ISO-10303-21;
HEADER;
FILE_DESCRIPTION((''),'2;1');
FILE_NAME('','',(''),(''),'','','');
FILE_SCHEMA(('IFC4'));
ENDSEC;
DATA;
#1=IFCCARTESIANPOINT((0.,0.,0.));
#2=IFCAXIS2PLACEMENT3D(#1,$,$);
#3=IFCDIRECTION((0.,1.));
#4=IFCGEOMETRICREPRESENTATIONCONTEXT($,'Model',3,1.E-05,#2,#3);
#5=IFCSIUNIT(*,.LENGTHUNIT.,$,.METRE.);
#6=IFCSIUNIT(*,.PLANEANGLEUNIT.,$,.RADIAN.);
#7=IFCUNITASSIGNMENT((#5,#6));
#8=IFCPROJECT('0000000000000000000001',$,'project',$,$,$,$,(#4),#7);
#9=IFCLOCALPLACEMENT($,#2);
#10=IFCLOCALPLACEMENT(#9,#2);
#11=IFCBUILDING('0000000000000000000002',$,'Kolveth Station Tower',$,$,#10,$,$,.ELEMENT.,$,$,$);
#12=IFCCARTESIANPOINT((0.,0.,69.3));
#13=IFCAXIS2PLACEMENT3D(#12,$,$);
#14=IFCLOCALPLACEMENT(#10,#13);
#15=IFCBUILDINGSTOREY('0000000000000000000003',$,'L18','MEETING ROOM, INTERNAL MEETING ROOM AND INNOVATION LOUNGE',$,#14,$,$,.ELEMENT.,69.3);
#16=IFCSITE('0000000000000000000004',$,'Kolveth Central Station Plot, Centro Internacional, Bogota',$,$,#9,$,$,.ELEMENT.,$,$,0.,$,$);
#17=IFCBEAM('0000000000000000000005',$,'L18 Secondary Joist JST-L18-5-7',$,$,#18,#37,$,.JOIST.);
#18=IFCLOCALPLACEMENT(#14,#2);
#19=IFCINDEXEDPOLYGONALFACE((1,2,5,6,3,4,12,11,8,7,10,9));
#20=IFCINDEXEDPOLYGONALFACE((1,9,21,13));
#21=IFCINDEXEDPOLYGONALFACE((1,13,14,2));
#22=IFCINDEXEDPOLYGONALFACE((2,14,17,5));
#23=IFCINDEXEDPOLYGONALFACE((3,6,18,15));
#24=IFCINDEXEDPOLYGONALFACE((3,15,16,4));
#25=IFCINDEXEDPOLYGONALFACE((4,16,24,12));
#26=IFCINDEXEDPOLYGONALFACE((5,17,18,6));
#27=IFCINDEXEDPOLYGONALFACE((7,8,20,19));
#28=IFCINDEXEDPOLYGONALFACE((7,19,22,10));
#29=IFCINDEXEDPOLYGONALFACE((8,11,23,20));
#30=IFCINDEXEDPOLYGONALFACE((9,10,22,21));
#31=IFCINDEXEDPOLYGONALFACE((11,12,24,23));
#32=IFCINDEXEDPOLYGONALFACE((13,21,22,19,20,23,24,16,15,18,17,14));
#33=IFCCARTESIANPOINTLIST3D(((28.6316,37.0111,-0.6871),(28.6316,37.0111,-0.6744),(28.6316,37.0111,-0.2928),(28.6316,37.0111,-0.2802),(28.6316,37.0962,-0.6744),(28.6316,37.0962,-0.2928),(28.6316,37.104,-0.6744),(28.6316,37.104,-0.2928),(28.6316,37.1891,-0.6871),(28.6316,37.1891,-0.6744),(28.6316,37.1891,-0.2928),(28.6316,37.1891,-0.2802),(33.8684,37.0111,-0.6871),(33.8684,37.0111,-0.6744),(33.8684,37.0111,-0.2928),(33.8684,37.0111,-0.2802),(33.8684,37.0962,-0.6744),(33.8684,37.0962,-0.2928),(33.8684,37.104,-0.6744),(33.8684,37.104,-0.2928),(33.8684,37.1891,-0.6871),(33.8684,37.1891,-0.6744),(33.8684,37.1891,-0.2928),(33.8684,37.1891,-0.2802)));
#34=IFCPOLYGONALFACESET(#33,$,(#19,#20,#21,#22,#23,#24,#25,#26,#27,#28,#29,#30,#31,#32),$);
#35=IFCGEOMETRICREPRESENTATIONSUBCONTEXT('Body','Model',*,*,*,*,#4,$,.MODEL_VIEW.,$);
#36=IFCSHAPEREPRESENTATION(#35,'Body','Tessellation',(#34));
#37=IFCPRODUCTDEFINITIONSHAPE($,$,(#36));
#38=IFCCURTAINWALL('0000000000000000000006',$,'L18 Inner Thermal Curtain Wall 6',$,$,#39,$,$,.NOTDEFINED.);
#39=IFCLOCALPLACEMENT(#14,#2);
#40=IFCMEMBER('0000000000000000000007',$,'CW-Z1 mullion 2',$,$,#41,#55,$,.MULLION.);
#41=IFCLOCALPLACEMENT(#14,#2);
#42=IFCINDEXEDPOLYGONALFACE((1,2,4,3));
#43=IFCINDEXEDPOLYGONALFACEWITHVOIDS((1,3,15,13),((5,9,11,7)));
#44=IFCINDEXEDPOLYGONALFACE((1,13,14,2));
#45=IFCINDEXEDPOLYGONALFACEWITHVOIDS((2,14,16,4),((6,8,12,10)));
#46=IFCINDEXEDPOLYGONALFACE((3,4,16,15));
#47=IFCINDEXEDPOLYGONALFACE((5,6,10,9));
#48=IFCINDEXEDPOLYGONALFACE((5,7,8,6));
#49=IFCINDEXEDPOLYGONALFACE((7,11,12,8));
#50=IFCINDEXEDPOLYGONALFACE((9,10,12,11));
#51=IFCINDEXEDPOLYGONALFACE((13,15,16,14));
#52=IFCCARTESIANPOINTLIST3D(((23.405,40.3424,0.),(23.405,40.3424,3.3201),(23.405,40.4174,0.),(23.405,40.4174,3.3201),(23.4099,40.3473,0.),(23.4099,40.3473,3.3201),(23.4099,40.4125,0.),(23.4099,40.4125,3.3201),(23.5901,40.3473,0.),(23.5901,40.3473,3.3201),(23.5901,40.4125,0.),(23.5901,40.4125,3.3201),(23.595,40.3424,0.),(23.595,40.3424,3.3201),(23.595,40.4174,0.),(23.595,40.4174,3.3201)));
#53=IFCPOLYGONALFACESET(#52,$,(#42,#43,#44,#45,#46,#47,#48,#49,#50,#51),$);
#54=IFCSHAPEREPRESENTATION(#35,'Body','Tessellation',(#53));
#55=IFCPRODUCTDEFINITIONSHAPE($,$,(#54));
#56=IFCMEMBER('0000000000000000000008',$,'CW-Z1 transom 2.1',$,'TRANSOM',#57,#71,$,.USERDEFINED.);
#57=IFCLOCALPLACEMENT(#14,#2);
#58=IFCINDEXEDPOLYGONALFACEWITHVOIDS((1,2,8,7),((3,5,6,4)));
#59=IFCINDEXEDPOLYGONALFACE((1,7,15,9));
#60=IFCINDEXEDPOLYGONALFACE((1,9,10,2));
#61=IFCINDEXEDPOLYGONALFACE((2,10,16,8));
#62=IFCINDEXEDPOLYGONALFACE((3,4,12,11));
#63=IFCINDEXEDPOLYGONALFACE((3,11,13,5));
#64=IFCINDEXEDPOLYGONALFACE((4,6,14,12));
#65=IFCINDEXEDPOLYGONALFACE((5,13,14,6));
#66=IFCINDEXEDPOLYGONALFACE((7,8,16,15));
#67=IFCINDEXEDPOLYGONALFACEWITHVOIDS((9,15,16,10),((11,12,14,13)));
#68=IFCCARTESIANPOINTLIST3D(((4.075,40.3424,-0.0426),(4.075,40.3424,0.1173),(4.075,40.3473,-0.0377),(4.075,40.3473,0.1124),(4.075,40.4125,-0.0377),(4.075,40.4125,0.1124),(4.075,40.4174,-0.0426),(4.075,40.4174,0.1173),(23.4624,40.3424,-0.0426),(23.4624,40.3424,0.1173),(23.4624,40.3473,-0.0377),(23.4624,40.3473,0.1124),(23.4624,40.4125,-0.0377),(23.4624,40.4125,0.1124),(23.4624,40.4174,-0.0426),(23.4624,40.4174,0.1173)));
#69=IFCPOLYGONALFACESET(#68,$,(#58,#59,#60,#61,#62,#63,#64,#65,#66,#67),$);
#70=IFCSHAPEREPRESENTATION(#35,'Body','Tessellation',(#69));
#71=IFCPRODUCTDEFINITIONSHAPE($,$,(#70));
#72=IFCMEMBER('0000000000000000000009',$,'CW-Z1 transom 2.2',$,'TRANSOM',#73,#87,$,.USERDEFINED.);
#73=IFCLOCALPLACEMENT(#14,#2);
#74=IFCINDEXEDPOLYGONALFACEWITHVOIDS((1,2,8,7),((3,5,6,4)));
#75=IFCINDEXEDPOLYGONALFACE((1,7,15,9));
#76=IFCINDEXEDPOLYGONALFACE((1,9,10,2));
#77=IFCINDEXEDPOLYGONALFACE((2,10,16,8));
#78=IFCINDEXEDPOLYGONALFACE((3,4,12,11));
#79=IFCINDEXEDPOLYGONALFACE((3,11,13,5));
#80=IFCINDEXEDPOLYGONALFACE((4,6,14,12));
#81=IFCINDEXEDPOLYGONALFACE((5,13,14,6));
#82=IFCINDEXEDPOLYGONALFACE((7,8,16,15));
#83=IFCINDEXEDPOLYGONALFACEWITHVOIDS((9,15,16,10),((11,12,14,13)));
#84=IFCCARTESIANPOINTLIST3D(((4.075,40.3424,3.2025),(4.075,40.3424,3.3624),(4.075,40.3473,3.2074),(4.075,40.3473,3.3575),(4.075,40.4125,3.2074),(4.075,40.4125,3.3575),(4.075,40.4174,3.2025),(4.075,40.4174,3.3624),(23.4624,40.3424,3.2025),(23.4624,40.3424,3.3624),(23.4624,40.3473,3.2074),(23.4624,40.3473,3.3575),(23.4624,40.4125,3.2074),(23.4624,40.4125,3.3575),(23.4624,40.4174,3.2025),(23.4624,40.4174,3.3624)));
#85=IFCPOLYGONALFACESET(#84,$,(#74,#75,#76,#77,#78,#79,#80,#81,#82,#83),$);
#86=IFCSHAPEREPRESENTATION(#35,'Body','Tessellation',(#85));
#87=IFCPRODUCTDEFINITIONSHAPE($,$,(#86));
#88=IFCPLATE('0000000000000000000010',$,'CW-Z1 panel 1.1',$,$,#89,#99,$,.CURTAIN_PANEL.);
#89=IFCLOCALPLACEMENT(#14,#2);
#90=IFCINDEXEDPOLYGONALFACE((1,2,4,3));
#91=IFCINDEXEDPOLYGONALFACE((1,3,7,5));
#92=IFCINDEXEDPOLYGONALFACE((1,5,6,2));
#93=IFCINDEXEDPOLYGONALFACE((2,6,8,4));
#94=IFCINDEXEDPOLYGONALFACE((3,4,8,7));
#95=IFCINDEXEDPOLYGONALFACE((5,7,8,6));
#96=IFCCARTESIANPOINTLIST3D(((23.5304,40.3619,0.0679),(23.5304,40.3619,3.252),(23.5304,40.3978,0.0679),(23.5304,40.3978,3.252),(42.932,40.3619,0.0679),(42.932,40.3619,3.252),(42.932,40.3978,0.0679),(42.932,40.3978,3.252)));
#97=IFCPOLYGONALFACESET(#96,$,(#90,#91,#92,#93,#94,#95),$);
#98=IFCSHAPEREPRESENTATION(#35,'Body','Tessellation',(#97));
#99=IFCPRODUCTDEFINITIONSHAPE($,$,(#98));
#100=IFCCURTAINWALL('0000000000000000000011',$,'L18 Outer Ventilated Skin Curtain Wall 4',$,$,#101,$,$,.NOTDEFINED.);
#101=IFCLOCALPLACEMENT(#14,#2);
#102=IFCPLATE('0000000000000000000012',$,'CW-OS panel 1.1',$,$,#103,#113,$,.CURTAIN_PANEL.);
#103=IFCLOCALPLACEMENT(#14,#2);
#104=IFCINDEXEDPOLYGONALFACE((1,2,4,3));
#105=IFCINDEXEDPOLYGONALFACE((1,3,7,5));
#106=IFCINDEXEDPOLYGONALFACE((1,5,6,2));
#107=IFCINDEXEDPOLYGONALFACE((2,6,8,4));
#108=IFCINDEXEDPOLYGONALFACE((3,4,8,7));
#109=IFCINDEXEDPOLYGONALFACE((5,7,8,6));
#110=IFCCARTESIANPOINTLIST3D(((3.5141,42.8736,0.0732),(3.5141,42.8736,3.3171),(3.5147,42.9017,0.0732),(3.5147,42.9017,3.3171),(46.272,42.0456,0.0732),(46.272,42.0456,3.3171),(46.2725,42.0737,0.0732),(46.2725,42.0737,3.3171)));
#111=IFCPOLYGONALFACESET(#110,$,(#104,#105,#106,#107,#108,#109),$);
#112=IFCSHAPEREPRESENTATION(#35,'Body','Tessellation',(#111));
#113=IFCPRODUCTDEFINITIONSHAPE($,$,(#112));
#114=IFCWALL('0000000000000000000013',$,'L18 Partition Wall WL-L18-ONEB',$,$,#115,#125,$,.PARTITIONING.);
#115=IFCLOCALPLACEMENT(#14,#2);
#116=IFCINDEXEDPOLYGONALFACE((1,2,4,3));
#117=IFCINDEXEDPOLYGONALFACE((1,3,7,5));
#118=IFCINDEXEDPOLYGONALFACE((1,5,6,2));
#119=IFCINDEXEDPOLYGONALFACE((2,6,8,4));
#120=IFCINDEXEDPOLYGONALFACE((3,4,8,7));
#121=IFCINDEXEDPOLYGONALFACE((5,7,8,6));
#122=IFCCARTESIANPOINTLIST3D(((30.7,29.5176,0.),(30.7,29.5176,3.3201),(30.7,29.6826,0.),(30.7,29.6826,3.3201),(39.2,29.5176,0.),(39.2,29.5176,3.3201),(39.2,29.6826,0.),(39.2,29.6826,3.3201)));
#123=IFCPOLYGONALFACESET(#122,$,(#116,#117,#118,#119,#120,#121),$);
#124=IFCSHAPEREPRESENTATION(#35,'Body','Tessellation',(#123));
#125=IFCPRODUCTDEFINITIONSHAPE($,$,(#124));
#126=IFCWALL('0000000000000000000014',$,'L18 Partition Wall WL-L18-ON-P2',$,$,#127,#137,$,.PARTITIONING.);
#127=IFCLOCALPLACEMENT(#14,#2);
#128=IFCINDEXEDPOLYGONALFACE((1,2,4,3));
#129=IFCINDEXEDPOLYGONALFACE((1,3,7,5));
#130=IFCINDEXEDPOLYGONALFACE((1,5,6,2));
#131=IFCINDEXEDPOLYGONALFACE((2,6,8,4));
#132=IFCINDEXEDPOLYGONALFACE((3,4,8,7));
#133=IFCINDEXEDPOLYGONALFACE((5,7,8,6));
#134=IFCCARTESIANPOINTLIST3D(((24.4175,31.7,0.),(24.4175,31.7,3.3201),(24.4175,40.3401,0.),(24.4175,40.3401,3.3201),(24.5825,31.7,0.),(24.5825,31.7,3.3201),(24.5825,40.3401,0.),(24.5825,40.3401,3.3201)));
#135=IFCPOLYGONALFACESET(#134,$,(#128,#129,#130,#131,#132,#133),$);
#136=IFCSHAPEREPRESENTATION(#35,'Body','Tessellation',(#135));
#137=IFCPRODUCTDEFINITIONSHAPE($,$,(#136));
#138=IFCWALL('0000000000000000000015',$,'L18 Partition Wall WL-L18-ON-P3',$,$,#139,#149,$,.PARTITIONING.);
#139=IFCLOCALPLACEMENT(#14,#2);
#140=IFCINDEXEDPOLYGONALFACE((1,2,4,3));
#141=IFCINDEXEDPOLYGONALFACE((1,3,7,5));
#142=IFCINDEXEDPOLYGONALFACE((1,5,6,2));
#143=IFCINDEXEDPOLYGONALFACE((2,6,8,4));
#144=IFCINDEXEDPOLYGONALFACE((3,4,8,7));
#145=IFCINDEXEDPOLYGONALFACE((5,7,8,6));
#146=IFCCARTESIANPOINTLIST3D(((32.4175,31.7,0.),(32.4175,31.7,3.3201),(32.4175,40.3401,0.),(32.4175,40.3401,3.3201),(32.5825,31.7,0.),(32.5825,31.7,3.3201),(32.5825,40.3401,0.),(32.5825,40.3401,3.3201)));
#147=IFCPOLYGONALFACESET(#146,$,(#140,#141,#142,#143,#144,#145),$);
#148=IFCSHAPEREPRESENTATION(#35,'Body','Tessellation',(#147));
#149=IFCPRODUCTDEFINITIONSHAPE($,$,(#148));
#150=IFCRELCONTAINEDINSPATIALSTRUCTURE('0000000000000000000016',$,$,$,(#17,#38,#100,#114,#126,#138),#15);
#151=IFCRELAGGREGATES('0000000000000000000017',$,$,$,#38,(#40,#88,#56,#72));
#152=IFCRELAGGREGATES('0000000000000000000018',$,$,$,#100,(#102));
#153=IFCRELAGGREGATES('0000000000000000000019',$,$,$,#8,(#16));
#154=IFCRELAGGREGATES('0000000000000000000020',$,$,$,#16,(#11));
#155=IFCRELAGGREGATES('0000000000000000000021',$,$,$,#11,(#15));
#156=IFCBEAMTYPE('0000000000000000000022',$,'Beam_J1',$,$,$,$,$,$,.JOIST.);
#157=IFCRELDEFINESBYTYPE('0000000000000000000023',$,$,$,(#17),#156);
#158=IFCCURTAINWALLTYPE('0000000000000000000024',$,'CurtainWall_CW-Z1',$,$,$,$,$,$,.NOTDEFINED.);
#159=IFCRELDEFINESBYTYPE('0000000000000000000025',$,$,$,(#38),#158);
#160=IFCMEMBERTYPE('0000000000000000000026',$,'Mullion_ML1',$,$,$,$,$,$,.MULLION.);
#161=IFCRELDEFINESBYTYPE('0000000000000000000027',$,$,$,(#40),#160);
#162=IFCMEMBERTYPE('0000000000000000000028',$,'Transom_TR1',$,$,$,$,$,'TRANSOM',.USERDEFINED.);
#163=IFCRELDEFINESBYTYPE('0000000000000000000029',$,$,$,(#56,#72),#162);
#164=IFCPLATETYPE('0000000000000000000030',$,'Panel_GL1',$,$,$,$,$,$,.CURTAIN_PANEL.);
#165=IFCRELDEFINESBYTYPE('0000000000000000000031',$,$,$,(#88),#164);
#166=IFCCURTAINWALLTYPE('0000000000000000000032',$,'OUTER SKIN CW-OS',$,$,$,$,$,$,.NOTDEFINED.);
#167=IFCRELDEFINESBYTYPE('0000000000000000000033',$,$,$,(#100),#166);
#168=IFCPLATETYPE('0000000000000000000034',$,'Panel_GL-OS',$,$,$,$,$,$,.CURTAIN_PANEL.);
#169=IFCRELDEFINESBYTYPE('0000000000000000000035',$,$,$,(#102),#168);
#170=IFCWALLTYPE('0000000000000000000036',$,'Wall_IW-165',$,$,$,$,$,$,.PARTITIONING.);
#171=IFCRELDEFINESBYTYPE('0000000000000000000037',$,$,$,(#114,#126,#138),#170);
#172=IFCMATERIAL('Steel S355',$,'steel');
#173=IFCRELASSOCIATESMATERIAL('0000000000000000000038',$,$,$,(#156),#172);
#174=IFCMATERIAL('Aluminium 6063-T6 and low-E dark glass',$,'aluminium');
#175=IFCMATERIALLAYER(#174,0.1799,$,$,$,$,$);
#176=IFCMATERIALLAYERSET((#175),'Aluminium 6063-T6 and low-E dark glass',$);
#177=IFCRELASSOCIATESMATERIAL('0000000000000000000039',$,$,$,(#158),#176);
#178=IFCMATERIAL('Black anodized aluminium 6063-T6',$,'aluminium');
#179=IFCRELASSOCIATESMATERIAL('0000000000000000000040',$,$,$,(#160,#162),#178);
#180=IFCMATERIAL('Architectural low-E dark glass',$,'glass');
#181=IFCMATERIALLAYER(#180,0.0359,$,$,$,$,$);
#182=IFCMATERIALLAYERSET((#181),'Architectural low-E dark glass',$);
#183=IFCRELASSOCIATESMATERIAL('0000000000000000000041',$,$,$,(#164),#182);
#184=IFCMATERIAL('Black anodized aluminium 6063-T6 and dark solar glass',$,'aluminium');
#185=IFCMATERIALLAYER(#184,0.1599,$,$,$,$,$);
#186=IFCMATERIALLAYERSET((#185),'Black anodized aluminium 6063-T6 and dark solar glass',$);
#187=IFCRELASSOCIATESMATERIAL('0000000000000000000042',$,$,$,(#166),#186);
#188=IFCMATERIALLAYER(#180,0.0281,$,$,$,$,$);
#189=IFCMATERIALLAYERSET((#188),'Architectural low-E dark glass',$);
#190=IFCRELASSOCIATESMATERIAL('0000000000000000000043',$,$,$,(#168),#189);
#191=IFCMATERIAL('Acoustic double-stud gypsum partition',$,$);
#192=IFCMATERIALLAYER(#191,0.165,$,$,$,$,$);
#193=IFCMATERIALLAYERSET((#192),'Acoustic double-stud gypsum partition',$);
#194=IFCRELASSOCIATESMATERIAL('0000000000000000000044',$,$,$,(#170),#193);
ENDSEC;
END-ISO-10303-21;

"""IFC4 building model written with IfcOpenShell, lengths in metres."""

from ifc_helpers import new_model, si_unit, direction, frame, frame_2d, origin, origin_2d, place, context, subcontext, project, spatial, rectangle, hollow_rectangle, i_section, extrude, source, transform, mapped, material, layer, layer_set, material_profile, profile_set, type_object, element, aggregate, save


model = new_model("IFC4")

# Units and contexts
model_context = context("Model", 3, precision=1e-05, world=origin(), true_north=direction((0.0, 1.0)))
body_context = subcontext(model_context, "Body", "Model", "MODEL_VIEW")
ifc_project = project(units=[si_unit("LENGTHUNIT", "METRE"), si_unit("PLANEANGLEUNIT", "RADIAN")], contexts=[model_context])

# Site, building, storey
site_placement = place(None, origin())
site = spatial("IfcSite", under=ifc_project, at=site_placement, Name="Kolveth Central Station Plot, Centro Internacional, Bogota", CompositionType="ELEMENT", RefElevation=0.0)
building_placement = place(site_placement, origin())
building = spatial("IfcBuilding", under=site, at=building_placement, Name="Kolveth Station Tower", CompositionType="ELEMENT")
storey_placement = place(building_placement, frame((0.0, 0.0, 69.3)))
storey = spatial("IfcBuildingStorey", under=building, at=storey_placement, Name="L18", Description="MEETING ROOM, INTERNAL MEETING ROOM AND INNOVATION LOUNGE", CompositionType="ELEMENT", Elevation=69.3)

# Shared definitions
ifc_material_1 = material(Name="Steel S355", Category="steel")

# Beam
ifc_material_profile_1 = material_profile(ifc_material_1, i_section(OverallWidth=0.178, OverallDepth=0.407, WebThickness=0.0078, FlangeThickness=0.0127, at=origin_2d()), Name="W410x60")
ifc_profile_set_1 = profile_set([ifc_material_profile_1], Name="Steel S355")
beam_type_1 = type_object("IfcBeamType", Name="Beam_J1", PredefinedType="JOIST", material=ifc_profile_set_1)
shared_shape_1 = source(origin(), body_context, "Body", "SweptSolid", [
    extrude(i_section(OverallWidth=0.178, OverallDepth=0.407, WebThickness=0.0078, FlangeThickness=0.0127, at=origin_2d()), origin(), (0.0, 0.0, 1.0), 5.2368),
])
for number, where, z_axis, x_axis, name in (
    (1, (28.6316, 37.1001, -0.4836), (1.0, 0.0, 0.0), (0.0, 1.0, 0.0), "L18 Secondary Joist JST-L18-5-7"),
):
    element("IfcBeam", number, at=place(storey_placement, frame(where, z_axis=z_axis, x_axis=x_axis)), inside=storey, type_object=beam_type_1, Name=name, PredefinedType="JOIST", context=body_context, shape_type="MappedRepresentation", body=[
        mapped(shared_shape_1, transform((0.0, 0.0, 0.0), x_axis=(1.0, 0.0, 0.0), y_axis=(0.0, 1.0, 0.0), z_axis=(0.0, 0.0, 1.0), scale=1.0)),
    ])

# Curtain wall, members, plate
ifc_material_2 = material(Name="Aluminium 6063-T6 and low-E dark glass", Category="aluminium")
ifc_layer_1 = layer(ifc_material_2, 0.1799)
ifc_layer_set_1 = layer_set([ifc_layer_1], Name="Aluminium 6063-T6 and low-E dark glass")
curtain_wall_type_1 = type_object("IfcCurtainWallType", Name="CurtainWall_CW-Z1", PredefinedType="NOTDEFINED", material=ifc_layer_set_1)
curtain_wall_1_placement = place(storey_placement, origin())
curtain_wall_1 = element("IfcCurtainWall", 2, at=curtain_wall_1_placement, inside=storey, type_object=curtain_wall_type_1, Name="L18 Inner Thermal Curtain Wall 6", PredefinedType="NOTDEFINED")
ifc_material_3 = material(Name="Black anodized aluminium 6063-T6", Category="aluminium")
ifc_material_profile_2 = material_profile(ifc_material_3, hollow_rectangle(XDim=0.075, YDim=0.1899, WallThickness=0.0049, at=origin_2d()), Name="ALU-75x190x5")
ifc_profile_set_2 = profile_set([ifc_material_profile_2], Name="Black anodized aluminium 6063-T6")
member_type_1 = type_object("IfcMemberType", Name="Mullion_ML1", PredefinedType="MULLION", material=ifc_profile_set_2)
shared_shape_2 = source(origin(), body_context, "Body", "SweptSolid", [
    extrude(hollow_rectangle(XDim=0.075, YDim=0.1899, WallThickness=0.0049, at=origin_2d()), origin(), (0.0, 0.0, 1.0), 3.3201),
])
member_1_placement = place(storey_placement, frame((23.5, 40.3799, 0.0), z_axis=(0.0, 0.0, 1.0), x_axis=(0.0, -1.0, 0.0)))
member_1 = element("IfcMember", 3, at=member_1_placement, type_object=member_type_1, Name="CW-Z1 mullion 2", PredefinedType="MULLION", context=body_context, shape_type="MappedRepresentation", body=[
    mapped(shared_shape_2, transform((0.0, 0.0, 0.0), x_axis=(1.0, 0.0, 0.0), y_axis=(0.0, 1.0, 0.0), z_axis=(0.0, 0.0, 1.0), scale=1.0)),
])
ifc_material_profile_3 = material_profile(ifc_material_3, hollow_rectangle(XDim=0.075, YDim=0.1599, WallThickness=0.0049, at=origin_2d()), Name="ALU-75x160x5")
ifc_profile_set_3 = profile_set([ifc_material_profile_3], Name="Black anodized aluminium 6063-T6")
member_type_2 = type_object("IfcMemberType", Name="Transom_TR1", ElementType="TRANSOM", PredefinedType="USERDEFINED", material=ifc_profile_set_3)
shared_shape_3 = source(origin(), body_context, "Body", "SweptSolid", [
    extrude(hollow_rectangle(XDim=0.075, YDim=0.1599, WallThickness=0.0049, at=origin_2d()), origin(), (0.0, 0.0, 1.0), 19.3875),
])
member_2_placement = place(storey_placement, frame((23.4624, 40.3799, 0.0374), z_axis=(-1.0, 0.0, 0.0), x_axis=(0.0, -1.0, 0.0)))
member_2 = element("IfcMember", 4, at=member_2_placement, type_object=member_type_2, Name="CW-Z1 transom 2.1", ObjectType="TRANSOM", PredefinedType="USERDEFINED", context=body_context, shape_type="MappedRepresentation", body=[
    mapped(shared_shape_3, transform((0.0, 0.0, 0.0), x_axis=(1.0, 0.0, 0.0), y_axis=(0.0, 1.0, 0.0), z_axis=(0.0, 0.0, 1.0), scale=1.0)),
])
member_3_placement = place(storey_placement, frame((23.4624, 40.3799, 3.2825), z_axis=(-1.0, 0.0, 0.0), x_axis=(0.0, -1.0, 0.0)))
member_3 = element("IfcMember", 5, at=member_3_placement, type_object=member_type_2, Name="CW-Z1 transom 2.2", ObjectType="TRANSOM", PredefinedType="USERDEFINED", context=body_context, shape_type="MappedRepresentation", body=[
    mapped(shared_shape_3, transform((0.0, 0.0, 0.0), x_axis=(1.0, 0.0, 0.0), y_axis=(0.0, 1.0, 0.0), z_axis=(0.0, 0.0, 1.0), scale=1.0)),
])
ifc_material_4 = material(Name="Architectural low-E dark glass", Category="glass")
ifc_layer_2 = layer(ifc_material_4, 0.0359)
ifc_layer_set_2 = layer_set([ifc_layer_2], Name="Architectural low-E dark glass")
plate_type_1 = type_object("IfcPlateType", Name="Panel_GL1", PredefinedType="CURTAIN_PANEL", material=ifc_layer_set_2)
shared_shape_4 = source(origin(), body_context, "Body", "SweptSolid", [
    extrude(rectangle(XDim=19.4016, YDim=0.0359, at=origin_2d()), origin(), (0.0, 0.0, 1.0), 3.1841),
])
plate_1_placement = place(storey_placement, frame((33.2312, 40.3799, 0.0679), z_axis=(0.0, 0.0, 1.0), x_axis=(-1.0, 0.0, 0.0)))
plate_1 = element("IfcPlate", 6, at=plate_1_placement, type_object=plate_type_1, Name="CW-Z1 panel 1.1", PredefinedType="CURTAIN_PANEL", context=body_context, shape_type="MappedRepresentation", body=[
    mapped(shared_shape_4, transform((0.0, 0.0, 0.0), x_axis=(1.0, 0.0, 0.0), y_axis=(0.0, 1.0, 0.0), z_axis=(0.0, 0.0, 1.0), scale=1.0)),
])
aggregate(curtain_wall_1, [member_1, plate_1, member_2, member_3])

# Curtain wall, plate
ifc_material_5 = material(Name="Black anodized aluminium 6063-T6 and dark solar glass", Category="aluminium")
ifc_layer_3 = layer(ifc_material_5, 0.1599)
ifc_layer_set_3 = layer_set([ifc_layer_3], Name="Black anodized aluminium 6063-T6 and dark solar glass")
curtain_wall_type_2 = type_object("IfcCurtainWallType", Name="OUTER SKIN CW-OS", PredefinedType="NOTDEFINED", material=ifc_layer_set_3)
curtain_wall_2_placement = place(storey_placement, origin())
curtain_wall_2 = element("IfcCurtainWall", 7, at=curtain_wall_2_placement, inside=storey, type_object=curtain_wall_type_2, Name="L18 Outer Ventilated Skin Curtain Wall 4", PredefinedType="NOTDEFINED")
ifc_layer_4 = layer(ifc_material_4, 0.0281)
ifc_layer_set_4 = layer_set([ifc_layer_4], Name="Architectural low-E dark glass")
plate_type_2 = type_object("IfcPlateType", Name="Panel_GL-OS", PredefinedType="CURTAIN_PANEL", material=ifc_layer_set_4)
shared_shape_5 = source(origin(), body_context, "Body", "SweptSolid", [
    extrude(rectangle(XDim=42.7659, YDim=0.0281, at=origin_2d()), origin(), (0.0, 0.0, 1.0), 3.2439),
])
plate_2_placement = place(storey_placement, frame((24.8933, 42.4736, 0.0732), z_axis=(0.0, 0.0, 1.0), x_axis=(-0.999813, 0.019361, 0.0)))
plate_2 = element("IfcPlate", 8, at=plate_2_placement, type_object=plate_type_2, Name="CW-OS panel 1.1", PredefinedType="CURTAIN_PANEL", context=body_context, shape_type="MappedRepresentation", body=[
    mapped(shared_shape_5, transform((0.0, 0.0, 0.0), x_axis=(1.0, 0.0, 0.0), y_axis=(0.0, 1.0, 0.0), z_axis=(0.0, 0.0, 1.0), scale=1.0)),
])
aggregate(curtain_wall_2, [plate_2])

# Walls
ifc_material_6 = material(Name="Acoustic double-stud gypsum partition")
ifc_layer_5 = layer(ifc_material_6, 0.165)
ifc_layer_set_5 = layer_set([ifc_layer_5], Name="Acoustic double-stud gypsum partition")
wall_type = type_object("IfcWallType", Name="Wall_IW-165", PredefinedType="PARTITIONING", material=ifc_layer_set_5)
wall_placement = place(storey_placement, frame((30.7, 29.6001, 0.0), z_axis=(0.0, 0.0, 1.0), x_axis=(1.0, 0.0, 0.0)))
element("IfcWall", 9, at=wall_placement, inside=storey, type_object=wall_type, Name="L18 Partition Wall WL-L18-ONEB", PredefinedType="PARTITIONING", context=body_context, shape_type="SweptSolid", body=[
    extrude(rectangle(XDim=8.5, YDim=0.165, at=frame_2d((4.25, 0.0))), origin(), (0.0, 0.0, 1.0), 3.3201),
])
for number, where, z_axis, x_axis, name in (
    (10, (24.5, 31.7, 0.0), (0.0, 0.0, 1.0), (0.0, 1.0, 0.0), "L18 Partition Wall WL-L18-ON-P2"),
    (11, (32.5, 31.7, 0.0), (0.0, 0.0, 1.0), (0.0, 1.0, 0.0), "L18 Partition Wall WL-L18-ON-P3"),
):
    element("IfcWall", number, at=place(storey_placement, frame(where, z_axis=z_axis, x_axis=x_axis)), inside=storey, type_object=wall_type, Name=name, PredefinedType="PARTITIONING", context=body_context, shape_type="SweptSolid", body=[
        extrude(rectangle(XDim=8.6401, YDim=0.165, at=frame_2d((4.3201, 0.0))), origin(), (0.0, 0.0, 1.0), 3.3201),
    ])

save(model, "model.ifc")
